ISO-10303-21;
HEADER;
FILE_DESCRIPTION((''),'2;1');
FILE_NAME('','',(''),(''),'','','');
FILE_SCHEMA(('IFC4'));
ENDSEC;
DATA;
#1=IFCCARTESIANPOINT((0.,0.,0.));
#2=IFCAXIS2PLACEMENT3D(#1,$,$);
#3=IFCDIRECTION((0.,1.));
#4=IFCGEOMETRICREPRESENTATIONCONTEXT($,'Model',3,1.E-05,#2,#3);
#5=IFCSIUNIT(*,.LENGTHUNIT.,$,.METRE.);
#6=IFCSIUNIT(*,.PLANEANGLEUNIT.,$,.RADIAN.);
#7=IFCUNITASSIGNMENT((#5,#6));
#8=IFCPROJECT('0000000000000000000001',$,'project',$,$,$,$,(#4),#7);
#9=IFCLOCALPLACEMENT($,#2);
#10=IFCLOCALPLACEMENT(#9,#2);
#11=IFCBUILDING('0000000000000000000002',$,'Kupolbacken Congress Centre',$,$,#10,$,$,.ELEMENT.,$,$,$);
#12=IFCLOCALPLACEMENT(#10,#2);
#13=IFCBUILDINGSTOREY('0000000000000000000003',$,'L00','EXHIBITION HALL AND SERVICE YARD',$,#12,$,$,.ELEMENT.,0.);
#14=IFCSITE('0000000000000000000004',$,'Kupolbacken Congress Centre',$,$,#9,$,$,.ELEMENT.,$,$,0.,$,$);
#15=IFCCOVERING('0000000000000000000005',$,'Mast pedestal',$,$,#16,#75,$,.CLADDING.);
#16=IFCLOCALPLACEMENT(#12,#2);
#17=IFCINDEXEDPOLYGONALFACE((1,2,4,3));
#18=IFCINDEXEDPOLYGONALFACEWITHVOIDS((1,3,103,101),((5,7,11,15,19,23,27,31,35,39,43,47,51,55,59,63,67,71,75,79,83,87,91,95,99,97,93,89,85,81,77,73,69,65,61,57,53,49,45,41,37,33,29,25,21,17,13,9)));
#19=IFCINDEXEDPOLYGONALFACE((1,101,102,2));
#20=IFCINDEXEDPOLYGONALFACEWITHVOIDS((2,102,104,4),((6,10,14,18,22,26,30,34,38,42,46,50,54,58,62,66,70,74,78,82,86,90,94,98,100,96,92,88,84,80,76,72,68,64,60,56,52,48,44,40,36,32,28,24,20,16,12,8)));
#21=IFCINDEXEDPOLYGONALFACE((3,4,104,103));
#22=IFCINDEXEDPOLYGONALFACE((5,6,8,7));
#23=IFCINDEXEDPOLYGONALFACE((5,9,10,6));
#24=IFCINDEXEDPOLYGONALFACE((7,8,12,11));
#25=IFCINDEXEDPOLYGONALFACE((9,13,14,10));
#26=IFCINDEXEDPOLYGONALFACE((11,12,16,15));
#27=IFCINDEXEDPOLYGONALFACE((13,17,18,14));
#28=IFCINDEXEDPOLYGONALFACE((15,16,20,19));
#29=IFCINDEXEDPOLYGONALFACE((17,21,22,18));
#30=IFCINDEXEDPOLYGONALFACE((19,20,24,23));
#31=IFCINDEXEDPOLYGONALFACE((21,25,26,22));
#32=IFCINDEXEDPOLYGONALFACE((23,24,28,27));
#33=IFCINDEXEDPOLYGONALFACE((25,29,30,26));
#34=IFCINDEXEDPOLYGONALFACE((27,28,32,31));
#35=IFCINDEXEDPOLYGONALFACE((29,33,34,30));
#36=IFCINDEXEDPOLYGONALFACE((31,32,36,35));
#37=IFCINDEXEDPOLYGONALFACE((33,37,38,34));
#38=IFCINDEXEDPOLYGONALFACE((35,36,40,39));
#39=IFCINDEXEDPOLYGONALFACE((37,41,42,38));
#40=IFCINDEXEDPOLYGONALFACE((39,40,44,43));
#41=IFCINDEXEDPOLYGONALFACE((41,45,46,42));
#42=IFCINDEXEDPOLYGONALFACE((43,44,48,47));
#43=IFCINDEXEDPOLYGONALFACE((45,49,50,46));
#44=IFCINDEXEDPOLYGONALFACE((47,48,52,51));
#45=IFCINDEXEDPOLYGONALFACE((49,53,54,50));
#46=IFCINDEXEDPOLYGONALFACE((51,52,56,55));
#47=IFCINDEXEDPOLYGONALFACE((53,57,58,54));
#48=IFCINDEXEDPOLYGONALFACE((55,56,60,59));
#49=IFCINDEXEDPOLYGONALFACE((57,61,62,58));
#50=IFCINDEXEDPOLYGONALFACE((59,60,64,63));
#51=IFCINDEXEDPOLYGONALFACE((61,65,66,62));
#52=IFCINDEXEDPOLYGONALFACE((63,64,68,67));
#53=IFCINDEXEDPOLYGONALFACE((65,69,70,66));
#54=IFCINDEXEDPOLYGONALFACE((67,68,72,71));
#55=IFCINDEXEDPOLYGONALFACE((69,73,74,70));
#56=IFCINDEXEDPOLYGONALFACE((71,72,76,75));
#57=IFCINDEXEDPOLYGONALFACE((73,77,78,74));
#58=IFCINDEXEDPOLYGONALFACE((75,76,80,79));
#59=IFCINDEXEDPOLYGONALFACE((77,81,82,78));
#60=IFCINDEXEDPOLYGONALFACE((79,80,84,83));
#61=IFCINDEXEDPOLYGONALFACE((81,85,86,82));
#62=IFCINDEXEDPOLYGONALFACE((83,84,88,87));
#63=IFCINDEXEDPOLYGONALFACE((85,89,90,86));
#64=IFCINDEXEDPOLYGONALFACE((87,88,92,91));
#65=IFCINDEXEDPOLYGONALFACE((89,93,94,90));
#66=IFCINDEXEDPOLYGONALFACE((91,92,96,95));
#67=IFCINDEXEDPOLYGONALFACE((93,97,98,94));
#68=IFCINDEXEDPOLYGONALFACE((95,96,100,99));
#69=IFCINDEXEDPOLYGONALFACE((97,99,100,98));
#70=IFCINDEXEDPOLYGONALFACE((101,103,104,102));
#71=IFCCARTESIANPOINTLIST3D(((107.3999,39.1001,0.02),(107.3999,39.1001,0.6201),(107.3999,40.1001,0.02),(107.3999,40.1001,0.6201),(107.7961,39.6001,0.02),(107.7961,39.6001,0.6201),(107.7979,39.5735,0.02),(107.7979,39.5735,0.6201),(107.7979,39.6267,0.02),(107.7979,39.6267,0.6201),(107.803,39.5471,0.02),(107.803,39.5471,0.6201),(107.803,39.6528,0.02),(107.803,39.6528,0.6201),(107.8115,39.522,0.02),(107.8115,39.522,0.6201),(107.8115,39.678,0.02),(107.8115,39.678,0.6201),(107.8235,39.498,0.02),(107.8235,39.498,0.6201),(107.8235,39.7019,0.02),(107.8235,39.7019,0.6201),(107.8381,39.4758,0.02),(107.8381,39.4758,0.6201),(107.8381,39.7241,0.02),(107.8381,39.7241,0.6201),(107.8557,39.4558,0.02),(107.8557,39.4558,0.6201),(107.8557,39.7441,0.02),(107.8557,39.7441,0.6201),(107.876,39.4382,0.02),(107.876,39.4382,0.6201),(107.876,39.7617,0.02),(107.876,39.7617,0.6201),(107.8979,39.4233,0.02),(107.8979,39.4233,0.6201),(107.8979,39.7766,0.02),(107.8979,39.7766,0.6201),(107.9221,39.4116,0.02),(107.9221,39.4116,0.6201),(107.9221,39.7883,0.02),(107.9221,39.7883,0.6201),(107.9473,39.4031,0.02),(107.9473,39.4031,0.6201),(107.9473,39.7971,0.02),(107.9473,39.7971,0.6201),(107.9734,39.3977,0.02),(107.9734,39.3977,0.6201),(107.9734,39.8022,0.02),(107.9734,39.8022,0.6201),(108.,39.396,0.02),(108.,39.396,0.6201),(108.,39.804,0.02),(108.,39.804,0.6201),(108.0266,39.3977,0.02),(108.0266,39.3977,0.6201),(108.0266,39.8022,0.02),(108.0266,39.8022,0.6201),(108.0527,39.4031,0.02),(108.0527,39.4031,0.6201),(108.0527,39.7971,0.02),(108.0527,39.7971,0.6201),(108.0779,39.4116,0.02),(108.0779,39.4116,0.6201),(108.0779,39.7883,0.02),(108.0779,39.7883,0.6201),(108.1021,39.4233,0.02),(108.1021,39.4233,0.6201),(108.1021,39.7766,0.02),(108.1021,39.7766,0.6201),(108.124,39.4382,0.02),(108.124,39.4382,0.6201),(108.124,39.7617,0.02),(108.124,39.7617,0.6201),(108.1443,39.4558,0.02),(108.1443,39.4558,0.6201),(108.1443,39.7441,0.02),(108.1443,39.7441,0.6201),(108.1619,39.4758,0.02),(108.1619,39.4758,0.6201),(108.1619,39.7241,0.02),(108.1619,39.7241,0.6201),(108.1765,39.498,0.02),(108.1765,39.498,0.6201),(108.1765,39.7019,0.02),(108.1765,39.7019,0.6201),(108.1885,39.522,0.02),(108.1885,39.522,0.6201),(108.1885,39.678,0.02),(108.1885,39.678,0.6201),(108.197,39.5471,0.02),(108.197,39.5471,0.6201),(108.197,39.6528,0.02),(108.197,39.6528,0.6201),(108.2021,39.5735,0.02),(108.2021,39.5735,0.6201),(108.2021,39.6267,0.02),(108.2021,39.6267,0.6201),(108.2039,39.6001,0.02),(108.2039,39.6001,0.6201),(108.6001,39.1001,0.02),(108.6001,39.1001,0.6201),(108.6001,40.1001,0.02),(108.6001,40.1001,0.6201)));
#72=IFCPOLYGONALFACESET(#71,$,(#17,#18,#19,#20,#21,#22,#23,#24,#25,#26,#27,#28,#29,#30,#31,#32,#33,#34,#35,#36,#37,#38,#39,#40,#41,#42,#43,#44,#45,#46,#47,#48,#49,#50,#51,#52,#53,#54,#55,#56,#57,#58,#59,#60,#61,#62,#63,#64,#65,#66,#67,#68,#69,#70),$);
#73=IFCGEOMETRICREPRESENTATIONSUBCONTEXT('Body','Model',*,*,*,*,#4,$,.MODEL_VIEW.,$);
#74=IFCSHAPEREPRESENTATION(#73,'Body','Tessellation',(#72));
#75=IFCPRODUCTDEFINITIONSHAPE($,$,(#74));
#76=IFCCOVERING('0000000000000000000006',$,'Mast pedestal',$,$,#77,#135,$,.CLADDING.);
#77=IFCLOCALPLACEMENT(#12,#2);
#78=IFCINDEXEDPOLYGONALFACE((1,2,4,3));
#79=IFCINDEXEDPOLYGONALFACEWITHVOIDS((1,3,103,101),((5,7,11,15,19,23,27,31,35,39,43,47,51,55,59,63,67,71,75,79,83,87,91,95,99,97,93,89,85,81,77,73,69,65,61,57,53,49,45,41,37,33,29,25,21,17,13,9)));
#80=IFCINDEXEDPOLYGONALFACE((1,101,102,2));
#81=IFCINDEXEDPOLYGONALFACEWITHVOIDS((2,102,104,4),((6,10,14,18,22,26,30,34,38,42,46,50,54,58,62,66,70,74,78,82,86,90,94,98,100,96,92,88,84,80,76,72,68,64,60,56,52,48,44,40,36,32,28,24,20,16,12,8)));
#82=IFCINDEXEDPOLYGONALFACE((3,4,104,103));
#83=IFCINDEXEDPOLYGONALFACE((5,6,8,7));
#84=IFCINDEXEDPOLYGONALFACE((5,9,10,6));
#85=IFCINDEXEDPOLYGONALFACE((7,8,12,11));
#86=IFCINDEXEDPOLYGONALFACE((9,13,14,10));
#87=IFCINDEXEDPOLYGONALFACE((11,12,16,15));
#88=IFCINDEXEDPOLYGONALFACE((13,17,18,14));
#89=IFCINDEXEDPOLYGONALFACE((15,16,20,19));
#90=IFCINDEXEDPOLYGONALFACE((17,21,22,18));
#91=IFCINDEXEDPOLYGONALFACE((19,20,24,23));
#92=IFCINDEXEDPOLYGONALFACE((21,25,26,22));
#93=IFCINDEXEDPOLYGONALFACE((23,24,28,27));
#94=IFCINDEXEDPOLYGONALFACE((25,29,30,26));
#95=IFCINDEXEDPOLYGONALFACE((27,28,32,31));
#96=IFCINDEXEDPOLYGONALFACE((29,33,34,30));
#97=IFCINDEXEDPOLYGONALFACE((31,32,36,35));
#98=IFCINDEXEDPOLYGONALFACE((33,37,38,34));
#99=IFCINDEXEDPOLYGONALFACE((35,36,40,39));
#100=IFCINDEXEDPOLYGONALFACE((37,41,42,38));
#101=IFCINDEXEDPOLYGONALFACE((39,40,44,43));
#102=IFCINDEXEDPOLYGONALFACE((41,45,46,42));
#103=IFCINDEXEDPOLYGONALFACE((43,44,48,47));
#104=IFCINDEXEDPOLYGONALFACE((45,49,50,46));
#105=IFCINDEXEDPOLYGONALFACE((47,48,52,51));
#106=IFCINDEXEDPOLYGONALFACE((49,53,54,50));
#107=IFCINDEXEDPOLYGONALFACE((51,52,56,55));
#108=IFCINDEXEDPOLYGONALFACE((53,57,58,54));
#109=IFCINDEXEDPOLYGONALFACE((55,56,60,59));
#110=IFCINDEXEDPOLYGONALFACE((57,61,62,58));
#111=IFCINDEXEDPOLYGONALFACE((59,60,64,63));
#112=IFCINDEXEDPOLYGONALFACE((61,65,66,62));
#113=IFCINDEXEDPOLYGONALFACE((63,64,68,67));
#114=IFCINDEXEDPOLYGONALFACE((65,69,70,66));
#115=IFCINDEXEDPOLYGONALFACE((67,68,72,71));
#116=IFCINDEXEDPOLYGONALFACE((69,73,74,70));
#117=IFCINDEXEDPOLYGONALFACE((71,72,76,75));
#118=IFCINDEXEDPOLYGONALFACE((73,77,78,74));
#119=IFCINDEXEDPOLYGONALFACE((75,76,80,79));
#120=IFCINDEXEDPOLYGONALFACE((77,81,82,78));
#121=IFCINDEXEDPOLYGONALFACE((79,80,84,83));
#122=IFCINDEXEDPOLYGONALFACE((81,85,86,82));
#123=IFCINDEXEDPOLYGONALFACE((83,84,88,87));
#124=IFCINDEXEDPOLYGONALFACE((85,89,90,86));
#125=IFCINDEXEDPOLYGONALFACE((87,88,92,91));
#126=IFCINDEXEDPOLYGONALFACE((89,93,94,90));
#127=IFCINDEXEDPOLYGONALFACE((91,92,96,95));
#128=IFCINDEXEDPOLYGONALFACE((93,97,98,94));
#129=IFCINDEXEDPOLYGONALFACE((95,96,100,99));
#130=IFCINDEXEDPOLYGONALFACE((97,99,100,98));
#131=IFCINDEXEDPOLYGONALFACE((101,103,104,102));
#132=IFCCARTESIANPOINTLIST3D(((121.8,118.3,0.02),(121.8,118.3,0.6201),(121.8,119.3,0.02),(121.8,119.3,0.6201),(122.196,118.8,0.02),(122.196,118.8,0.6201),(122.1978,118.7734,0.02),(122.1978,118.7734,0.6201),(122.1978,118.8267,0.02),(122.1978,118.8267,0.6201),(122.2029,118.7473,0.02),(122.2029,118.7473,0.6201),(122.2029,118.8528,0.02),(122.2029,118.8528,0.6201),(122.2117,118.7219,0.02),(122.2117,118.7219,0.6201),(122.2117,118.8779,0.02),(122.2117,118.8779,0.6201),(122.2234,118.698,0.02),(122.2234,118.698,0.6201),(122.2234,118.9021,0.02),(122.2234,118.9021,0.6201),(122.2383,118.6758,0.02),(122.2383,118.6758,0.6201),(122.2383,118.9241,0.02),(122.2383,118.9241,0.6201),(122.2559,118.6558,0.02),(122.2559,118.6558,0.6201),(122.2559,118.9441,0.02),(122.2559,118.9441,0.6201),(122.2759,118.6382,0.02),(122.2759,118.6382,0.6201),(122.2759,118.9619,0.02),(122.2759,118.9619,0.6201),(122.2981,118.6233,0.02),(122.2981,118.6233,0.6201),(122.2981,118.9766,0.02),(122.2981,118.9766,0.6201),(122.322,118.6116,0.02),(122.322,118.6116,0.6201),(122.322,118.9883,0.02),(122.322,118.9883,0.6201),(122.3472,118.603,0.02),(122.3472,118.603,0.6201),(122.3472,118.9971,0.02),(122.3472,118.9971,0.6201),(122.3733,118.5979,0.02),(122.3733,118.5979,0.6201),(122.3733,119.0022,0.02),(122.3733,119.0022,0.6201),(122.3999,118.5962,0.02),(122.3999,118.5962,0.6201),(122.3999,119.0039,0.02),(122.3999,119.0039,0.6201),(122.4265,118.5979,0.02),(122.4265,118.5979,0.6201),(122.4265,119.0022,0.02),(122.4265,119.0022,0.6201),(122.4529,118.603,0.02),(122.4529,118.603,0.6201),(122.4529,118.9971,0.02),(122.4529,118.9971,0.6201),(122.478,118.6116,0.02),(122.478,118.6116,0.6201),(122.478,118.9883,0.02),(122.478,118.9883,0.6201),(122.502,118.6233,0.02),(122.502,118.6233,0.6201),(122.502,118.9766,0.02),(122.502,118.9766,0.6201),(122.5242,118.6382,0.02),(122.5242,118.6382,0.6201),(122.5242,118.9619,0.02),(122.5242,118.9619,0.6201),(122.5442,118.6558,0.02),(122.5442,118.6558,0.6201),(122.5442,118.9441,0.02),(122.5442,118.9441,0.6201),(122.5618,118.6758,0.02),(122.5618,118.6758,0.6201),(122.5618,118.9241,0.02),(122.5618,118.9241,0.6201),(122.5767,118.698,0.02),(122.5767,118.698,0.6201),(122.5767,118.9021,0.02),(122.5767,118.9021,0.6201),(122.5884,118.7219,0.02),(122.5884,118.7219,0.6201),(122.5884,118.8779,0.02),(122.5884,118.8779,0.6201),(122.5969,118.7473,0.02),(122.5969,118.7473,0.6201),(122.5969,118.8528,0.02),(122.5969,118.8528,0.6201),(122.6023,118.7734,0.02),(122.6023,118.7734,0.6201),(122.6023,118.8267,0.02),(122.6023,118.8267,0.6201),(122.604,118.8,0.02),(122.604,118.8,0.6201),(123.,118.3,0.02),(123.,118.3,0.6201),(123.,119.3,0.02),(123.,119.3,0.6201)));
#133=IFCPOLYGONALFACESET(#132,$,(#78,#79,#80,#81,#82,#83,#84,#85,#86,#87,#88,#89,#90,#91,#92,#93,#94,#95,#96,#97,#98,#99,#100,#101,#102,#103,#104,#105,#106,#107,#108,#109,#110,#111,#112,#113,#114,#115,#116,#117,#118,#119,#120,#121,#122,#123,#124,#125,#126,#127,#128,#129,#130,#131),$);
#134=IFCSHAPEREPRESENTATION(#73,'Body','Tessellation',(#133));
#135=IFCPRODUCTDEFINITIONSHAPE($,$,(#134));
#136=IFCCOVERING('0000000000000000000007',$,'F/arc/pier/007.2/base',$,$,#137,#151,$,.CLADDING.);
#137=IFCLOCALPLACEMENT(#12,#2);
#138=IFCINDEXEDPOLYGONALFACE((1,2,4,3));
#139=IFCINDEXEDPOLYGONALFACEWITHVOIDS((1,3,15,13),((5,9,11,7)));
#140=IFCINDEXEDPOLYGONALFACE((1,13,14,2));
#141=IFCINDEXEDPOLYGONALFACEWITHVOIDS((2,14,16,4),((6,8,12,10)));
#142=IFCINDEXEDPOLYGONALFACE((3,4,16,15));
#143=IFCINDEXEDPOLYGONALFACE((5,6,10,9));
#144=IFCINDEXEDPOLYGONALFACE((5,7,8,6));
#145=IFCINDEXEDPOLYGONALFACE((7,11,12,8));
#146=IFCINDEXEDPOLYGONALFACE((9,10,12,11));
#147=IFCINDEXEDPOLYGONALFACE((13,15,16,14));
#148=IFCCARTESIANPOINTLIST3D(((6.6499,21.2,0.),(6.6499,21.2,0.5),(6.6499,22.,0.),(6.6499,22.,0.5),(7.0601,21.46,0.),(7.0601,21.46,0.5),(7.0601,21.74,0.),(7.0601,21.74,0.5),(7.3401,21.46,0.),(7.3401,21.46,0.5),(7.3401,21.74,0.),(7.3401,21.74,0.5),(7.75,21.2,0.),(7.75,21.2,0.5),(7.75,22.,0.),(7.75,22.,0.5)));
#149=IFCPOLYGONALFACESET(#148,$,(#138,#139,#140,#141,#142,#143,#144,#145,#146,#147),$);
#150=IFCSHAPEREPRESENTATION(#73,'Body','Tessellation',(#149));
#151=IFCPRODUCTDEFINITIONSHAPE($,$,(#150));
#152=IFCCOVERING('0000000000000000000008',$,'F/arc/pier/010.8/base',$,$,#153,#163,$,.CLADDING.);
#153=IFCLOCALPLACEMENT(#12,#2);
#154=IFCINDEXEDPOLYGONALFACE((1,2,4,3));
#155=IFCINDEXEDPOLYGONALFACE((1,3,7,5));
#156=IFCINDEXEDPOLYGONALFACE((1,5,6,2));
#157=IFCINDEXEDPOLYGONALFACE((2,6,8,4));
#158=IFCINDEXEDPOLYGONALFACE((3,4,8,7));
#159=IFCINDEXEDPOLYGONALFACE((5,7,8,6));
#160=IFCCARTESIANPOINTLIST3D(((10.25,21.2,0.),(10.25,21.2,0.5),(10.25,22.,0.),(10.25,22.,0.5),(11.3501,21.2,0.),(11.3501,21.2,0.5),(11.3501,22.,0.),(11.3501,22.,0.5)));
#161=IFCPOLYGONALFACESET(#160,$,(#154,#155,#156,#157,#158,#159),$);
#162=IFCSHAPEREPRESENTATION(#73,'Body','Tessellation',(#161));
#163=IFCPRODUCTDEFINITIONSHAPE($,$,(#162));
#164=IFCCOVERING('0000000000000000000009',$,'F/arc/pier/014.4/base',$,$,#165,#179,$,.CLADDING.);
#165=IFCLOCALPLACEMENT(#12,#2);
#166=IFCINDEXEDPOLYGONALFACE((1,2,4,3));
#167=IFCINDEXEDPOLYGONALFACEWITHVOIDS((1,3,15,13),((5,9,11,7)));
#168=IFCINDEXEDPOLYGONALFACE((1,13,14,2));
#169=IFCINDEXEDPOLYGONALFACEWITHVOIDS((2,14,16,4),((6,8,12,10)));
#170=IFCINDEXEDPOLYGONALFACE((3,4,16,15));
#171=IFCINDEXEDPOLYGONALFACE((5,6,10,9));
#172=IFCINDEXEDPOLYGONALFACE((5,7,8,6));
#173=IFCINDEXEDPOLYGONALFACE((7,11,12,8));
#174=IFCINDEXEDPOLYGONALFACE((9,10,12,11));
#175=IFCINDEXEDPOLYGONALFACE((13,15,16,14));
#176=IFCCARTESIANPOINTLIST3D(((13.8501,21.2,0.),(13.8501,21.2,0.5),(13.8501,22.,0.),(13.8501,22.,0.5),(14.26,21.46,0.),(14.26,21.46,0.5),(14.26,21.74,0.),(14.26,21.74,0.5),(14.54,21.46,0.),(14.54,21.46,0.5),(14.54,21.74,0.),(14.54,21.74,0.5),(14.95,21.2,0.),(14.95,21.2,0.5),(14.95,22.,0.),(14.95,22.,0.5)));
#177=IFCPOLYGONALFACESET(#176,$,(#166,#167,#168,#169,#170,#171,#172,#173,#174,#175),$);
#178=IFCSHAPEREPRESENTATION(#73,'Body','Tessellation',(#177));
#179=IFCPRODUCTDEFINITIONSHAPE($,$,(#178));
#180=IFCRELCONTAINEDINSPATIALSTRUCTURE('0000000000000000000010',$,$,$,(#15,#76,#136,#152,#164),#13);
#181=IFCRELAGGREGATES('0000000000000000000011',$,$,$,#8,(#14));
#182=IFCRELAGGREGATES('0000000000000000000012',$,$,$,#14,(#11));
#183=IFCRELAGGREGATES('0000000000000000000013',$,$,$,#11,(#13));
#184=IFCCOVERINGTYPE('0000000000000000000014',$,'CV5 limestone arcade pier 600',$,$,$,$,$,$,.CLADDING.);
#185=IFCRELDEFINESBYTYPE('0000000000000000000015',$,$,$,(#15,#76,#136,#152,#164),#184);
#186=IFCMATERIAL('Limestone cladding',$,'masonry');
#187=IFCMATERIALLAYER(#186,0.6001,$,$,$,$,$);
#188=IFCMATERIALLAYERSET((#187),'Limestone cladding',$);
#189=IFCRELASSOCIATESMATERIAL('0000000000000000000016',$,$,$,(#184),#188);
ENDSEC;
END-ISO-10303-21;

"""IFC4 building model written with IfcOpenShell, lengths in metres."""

from ifc_helpers import new_model, si_unit, direction, frame, origin, place, context, subcontext, project, spatial, polyline, outline, extrude, material, layer, layer_set, type_object, element, save


model = new_model("IFC4")

# Units and contexts
model_context = context("Model", 3, precision=1e-05, world=origin(), true_north=direction((0.0, 1.0)))
body_context = subcontext(model_context, "Body", "Model", "MODEL_VIEW")
ifc_project = project(units=[si_unit("LENGTHUNIT", "METRE"), si_unit("PLANEANGLEUNIT", "RADIAN")], contexts=[model_context])

# Site, building, storey
site_placement = place(None, origin())
site = spatial("IfcSite", under=ifc_project, at=site_placement, Name="Kupolbacken Congress Centre", CompositionType="ELEMENT", RefElevation=0.0)
building_placement = place(site_placement, origin())
building = spatial("IfcBuilding", under=site, at=building_placement, Name="Kupolbacken Congress Centre", CompositionType="ELEMENT")
storey_placement = place(building_placement, origin())
storey = spatial("IfcBuildingStorey", under=building, at=storey_placement, Name="L00", Description="EXHIBITION HALL AND SERVICE YARD", CompositionType="ELEMENT", Elevation=0.0)

# Coverings
ifc_material_1 = material(Name="Limestone cladding", Category="masonry")
ifc_layer_1 = layer(ifc_material_1, 0.6001)
ifc_layer_set_1 = layer_set([ifc_layer_1], Name="Limestone cladding")
covering_type_1 = type_object("IfcCoveringType", Name="CV5 limestone arcade pier 600", PredefinedType="CLADDING", material=ifc_layer_set_1)
covering_1_placement = place(storey_placement, frame((0.0, 0.0, 0.02)))
element("IfcCovering", 1, at=covering_1_placement, inside=storey, type_object=covering_type_1, Name="Mast pedestal", PredefinedType="CLADDING", context=body_context, shape_type="SweptSolid", body=[
    extrude(outline(polyline([(107.3999, 39.1001), (107.3999, 40.1001), (108.6001, 40.1001), (108.6001, 39.1001), (107.3999, 39.1001)]), holes=[polyline([(108.2021, 39.6267), (108.197, 39.6528), (108.1885, 39.678), (108.1765, 39.7019), (108.1619, 39.7241), (108.1443, 39.7441), (108.124, 39.7617), (108.1021, 39.7766), (108.0779, 39.7883), (108.0527, 39.7971), (108.0266, 39.8022), (108.0, 39.804), (107.9734, 39.8022), (107.9473, 39.7971), (107.9221, 39.7883), (107.8979, 39.7766), (107.876, 39.7617), (107.8557, 39.7441), (107.8381, 39.7241), (107.8235, 39.7019), (107.8115, 39.678), (107.803, 39.6528), (107.7979, 39.6267), (107.7961, 39.6001), (107.7979, 39.5735), (107.803, 39.5471), (107.8115, 39.522), (107.8235, 39.498), (107.8381, 39.4758), (107.8557, 39.4558), (107.876, 39.4382), (107.8979, 39.4233), (107.9221, 39.4116), (107.9473, 39.4031), (107.9734, 39.3977), (108.0, 39.396), (108.0266, 39.3977), (108.0527, 39.4031), (108.0779, 39.4116), (108.1021, 39.4233), (108.124, 39.4382), (108.1443, 39.4558), (108.1619, 39.4758), (108.1765, 39.498), (108.1885, 39.522), (108.197, 39.5471), (108.2021, 39.5735), (108.2039, 39.6001), (108.2021, 39.6267)])]), origin(), (0.0, 0.0, 1.0), 0.6001),
])
covering_2_placement = place(storey_placement, frame((0.0, 0.0, 0.02)))
element("IfcCovering", 2, at=covering_2_placement, inside=storey, type_object=covering_type_1, Name="Mast pedestal", PredefinedType="CLADDING", context=body_context, shape_type="SweptSolid", body=[
    extrude(outline(polyline([(121.8, 118.3), (121.8, 119.3), (123.0, 119.3), (123.0, 118.3), (121.8, 118.3)]), holes=[polyline([(122.6023, 118.8267), (122.5969, 118.8528), (122.5884, 118.8779), (122.5767, 118.9021), (122.5618, 118.9241), (122.5442, 118.9441), (122.5242, 118.9619), (122.502, 118.9766), (122.478, 118.9883), (122.4529, 118.9971), (122.4265, 119.0022), (122.3999, 119.0039), (122.3733, 119.0022), (122.3472, 118.9971), (122.322, 118.9883), (122.2981, 118.9766), (122.2759, 118.9619), (122.2559, 118.9441), (122.2383, 118.9241), (122.2234, 118.9021), (122.2117, 118.8779), (122.2029, 118.8528), (122.1978, 118.8267), (122.196, 118.8), (122.1978, 118.7734), (122.2029, 118.7473), (122.2117, 118.7219), (122.2234, 118.698), (122.2383, 118.6758), (122.2559, 118.6558), (122.2759, 118.6382), (122.2981, 118.6233), (122.322, 118.6116), (122.3472, 118.603), (122.3733, 118.5979), (122.3999, 118.5962), (122.4265, 118.5979), (122.4529, 118.603), (122.478, 118.6116), (122.502, 118.6233), (122.5242, 118.6382), (122.5442, 118.6558), (122.5618, 118.6758), (122.5767, 118.698), (122.5884, 118.7219), (122.5969, 118.7473), (122.6023, 118.7734), (122.604, 118.8), (122.6023, 118.8267)])]), origin(), (0.0, 0.0, 1.0), 0.6001),
])
covering_3_placement = place(storey_placement, origin())
element("IfcCovering", 3, at=covering_3_placement, inside=storey, type_object=covering_type_1, Name="F/arc/pier/007.2/base", PredefinedType="CLADDING", context=body_context, shape_type="SweptSolid", body=[
    extrude(outline(polyline([(6.6499, 21.2), (7.75, 21.2), (7.75, 22.0), (6.6499, 22.0), (6.6499, 21.2)]), holes=[polyline([(7.0601, 21.46), (7.3401, 21.46), (7.3401, 21.74), (7.0601, 21.74), (7.0601, 21.46)])]), origin(), (0.0, 0.0, 1.0), 0.5),
])
covering_4_placement = place(storey_placement, origin())
element("IfcCovering", 4, at=covering_4_placement, inside=storey, type_object=covering_type_1, Name="F/arc/pier/010.8/base", PredefinedType="CLADDING", context=body_context, shape_type="SweptSolid", body=[
    extrude(outline(polyline([(10.25, 21.2), (11.3501, 21.2), (11.3501, 22.0), (10.25, 22.0), (10.25, 21.2)])), origin(), (0.0, 0.0, 1.0), 0.5),
])
covering_5_placement = place(storey_placement, origin())
element("IfcCovering", 5, at=covering_5_placement, inside=storey, type_object=covering_type_1, Name="F/arc/pier/014.4/base", PredefinedType="CLADDING", context=body_context, shape_type="SweptSolid", body=[
    extrude(outline(polyline([(13.8501, 21.2), (14.95, 21.2), (14.95, 22.0), (13.8501, 22.0), (13.8501, 21.2)]), holes=[polyline([(14.26, 21.46), (14.54, 21.46), (14.54, 21.74), (14.26, 21.74), (14.26, 21.46)])]), origin(), (0.0, 0.0, 1.0), 0.5),
])

save(model, "model.ifc")
